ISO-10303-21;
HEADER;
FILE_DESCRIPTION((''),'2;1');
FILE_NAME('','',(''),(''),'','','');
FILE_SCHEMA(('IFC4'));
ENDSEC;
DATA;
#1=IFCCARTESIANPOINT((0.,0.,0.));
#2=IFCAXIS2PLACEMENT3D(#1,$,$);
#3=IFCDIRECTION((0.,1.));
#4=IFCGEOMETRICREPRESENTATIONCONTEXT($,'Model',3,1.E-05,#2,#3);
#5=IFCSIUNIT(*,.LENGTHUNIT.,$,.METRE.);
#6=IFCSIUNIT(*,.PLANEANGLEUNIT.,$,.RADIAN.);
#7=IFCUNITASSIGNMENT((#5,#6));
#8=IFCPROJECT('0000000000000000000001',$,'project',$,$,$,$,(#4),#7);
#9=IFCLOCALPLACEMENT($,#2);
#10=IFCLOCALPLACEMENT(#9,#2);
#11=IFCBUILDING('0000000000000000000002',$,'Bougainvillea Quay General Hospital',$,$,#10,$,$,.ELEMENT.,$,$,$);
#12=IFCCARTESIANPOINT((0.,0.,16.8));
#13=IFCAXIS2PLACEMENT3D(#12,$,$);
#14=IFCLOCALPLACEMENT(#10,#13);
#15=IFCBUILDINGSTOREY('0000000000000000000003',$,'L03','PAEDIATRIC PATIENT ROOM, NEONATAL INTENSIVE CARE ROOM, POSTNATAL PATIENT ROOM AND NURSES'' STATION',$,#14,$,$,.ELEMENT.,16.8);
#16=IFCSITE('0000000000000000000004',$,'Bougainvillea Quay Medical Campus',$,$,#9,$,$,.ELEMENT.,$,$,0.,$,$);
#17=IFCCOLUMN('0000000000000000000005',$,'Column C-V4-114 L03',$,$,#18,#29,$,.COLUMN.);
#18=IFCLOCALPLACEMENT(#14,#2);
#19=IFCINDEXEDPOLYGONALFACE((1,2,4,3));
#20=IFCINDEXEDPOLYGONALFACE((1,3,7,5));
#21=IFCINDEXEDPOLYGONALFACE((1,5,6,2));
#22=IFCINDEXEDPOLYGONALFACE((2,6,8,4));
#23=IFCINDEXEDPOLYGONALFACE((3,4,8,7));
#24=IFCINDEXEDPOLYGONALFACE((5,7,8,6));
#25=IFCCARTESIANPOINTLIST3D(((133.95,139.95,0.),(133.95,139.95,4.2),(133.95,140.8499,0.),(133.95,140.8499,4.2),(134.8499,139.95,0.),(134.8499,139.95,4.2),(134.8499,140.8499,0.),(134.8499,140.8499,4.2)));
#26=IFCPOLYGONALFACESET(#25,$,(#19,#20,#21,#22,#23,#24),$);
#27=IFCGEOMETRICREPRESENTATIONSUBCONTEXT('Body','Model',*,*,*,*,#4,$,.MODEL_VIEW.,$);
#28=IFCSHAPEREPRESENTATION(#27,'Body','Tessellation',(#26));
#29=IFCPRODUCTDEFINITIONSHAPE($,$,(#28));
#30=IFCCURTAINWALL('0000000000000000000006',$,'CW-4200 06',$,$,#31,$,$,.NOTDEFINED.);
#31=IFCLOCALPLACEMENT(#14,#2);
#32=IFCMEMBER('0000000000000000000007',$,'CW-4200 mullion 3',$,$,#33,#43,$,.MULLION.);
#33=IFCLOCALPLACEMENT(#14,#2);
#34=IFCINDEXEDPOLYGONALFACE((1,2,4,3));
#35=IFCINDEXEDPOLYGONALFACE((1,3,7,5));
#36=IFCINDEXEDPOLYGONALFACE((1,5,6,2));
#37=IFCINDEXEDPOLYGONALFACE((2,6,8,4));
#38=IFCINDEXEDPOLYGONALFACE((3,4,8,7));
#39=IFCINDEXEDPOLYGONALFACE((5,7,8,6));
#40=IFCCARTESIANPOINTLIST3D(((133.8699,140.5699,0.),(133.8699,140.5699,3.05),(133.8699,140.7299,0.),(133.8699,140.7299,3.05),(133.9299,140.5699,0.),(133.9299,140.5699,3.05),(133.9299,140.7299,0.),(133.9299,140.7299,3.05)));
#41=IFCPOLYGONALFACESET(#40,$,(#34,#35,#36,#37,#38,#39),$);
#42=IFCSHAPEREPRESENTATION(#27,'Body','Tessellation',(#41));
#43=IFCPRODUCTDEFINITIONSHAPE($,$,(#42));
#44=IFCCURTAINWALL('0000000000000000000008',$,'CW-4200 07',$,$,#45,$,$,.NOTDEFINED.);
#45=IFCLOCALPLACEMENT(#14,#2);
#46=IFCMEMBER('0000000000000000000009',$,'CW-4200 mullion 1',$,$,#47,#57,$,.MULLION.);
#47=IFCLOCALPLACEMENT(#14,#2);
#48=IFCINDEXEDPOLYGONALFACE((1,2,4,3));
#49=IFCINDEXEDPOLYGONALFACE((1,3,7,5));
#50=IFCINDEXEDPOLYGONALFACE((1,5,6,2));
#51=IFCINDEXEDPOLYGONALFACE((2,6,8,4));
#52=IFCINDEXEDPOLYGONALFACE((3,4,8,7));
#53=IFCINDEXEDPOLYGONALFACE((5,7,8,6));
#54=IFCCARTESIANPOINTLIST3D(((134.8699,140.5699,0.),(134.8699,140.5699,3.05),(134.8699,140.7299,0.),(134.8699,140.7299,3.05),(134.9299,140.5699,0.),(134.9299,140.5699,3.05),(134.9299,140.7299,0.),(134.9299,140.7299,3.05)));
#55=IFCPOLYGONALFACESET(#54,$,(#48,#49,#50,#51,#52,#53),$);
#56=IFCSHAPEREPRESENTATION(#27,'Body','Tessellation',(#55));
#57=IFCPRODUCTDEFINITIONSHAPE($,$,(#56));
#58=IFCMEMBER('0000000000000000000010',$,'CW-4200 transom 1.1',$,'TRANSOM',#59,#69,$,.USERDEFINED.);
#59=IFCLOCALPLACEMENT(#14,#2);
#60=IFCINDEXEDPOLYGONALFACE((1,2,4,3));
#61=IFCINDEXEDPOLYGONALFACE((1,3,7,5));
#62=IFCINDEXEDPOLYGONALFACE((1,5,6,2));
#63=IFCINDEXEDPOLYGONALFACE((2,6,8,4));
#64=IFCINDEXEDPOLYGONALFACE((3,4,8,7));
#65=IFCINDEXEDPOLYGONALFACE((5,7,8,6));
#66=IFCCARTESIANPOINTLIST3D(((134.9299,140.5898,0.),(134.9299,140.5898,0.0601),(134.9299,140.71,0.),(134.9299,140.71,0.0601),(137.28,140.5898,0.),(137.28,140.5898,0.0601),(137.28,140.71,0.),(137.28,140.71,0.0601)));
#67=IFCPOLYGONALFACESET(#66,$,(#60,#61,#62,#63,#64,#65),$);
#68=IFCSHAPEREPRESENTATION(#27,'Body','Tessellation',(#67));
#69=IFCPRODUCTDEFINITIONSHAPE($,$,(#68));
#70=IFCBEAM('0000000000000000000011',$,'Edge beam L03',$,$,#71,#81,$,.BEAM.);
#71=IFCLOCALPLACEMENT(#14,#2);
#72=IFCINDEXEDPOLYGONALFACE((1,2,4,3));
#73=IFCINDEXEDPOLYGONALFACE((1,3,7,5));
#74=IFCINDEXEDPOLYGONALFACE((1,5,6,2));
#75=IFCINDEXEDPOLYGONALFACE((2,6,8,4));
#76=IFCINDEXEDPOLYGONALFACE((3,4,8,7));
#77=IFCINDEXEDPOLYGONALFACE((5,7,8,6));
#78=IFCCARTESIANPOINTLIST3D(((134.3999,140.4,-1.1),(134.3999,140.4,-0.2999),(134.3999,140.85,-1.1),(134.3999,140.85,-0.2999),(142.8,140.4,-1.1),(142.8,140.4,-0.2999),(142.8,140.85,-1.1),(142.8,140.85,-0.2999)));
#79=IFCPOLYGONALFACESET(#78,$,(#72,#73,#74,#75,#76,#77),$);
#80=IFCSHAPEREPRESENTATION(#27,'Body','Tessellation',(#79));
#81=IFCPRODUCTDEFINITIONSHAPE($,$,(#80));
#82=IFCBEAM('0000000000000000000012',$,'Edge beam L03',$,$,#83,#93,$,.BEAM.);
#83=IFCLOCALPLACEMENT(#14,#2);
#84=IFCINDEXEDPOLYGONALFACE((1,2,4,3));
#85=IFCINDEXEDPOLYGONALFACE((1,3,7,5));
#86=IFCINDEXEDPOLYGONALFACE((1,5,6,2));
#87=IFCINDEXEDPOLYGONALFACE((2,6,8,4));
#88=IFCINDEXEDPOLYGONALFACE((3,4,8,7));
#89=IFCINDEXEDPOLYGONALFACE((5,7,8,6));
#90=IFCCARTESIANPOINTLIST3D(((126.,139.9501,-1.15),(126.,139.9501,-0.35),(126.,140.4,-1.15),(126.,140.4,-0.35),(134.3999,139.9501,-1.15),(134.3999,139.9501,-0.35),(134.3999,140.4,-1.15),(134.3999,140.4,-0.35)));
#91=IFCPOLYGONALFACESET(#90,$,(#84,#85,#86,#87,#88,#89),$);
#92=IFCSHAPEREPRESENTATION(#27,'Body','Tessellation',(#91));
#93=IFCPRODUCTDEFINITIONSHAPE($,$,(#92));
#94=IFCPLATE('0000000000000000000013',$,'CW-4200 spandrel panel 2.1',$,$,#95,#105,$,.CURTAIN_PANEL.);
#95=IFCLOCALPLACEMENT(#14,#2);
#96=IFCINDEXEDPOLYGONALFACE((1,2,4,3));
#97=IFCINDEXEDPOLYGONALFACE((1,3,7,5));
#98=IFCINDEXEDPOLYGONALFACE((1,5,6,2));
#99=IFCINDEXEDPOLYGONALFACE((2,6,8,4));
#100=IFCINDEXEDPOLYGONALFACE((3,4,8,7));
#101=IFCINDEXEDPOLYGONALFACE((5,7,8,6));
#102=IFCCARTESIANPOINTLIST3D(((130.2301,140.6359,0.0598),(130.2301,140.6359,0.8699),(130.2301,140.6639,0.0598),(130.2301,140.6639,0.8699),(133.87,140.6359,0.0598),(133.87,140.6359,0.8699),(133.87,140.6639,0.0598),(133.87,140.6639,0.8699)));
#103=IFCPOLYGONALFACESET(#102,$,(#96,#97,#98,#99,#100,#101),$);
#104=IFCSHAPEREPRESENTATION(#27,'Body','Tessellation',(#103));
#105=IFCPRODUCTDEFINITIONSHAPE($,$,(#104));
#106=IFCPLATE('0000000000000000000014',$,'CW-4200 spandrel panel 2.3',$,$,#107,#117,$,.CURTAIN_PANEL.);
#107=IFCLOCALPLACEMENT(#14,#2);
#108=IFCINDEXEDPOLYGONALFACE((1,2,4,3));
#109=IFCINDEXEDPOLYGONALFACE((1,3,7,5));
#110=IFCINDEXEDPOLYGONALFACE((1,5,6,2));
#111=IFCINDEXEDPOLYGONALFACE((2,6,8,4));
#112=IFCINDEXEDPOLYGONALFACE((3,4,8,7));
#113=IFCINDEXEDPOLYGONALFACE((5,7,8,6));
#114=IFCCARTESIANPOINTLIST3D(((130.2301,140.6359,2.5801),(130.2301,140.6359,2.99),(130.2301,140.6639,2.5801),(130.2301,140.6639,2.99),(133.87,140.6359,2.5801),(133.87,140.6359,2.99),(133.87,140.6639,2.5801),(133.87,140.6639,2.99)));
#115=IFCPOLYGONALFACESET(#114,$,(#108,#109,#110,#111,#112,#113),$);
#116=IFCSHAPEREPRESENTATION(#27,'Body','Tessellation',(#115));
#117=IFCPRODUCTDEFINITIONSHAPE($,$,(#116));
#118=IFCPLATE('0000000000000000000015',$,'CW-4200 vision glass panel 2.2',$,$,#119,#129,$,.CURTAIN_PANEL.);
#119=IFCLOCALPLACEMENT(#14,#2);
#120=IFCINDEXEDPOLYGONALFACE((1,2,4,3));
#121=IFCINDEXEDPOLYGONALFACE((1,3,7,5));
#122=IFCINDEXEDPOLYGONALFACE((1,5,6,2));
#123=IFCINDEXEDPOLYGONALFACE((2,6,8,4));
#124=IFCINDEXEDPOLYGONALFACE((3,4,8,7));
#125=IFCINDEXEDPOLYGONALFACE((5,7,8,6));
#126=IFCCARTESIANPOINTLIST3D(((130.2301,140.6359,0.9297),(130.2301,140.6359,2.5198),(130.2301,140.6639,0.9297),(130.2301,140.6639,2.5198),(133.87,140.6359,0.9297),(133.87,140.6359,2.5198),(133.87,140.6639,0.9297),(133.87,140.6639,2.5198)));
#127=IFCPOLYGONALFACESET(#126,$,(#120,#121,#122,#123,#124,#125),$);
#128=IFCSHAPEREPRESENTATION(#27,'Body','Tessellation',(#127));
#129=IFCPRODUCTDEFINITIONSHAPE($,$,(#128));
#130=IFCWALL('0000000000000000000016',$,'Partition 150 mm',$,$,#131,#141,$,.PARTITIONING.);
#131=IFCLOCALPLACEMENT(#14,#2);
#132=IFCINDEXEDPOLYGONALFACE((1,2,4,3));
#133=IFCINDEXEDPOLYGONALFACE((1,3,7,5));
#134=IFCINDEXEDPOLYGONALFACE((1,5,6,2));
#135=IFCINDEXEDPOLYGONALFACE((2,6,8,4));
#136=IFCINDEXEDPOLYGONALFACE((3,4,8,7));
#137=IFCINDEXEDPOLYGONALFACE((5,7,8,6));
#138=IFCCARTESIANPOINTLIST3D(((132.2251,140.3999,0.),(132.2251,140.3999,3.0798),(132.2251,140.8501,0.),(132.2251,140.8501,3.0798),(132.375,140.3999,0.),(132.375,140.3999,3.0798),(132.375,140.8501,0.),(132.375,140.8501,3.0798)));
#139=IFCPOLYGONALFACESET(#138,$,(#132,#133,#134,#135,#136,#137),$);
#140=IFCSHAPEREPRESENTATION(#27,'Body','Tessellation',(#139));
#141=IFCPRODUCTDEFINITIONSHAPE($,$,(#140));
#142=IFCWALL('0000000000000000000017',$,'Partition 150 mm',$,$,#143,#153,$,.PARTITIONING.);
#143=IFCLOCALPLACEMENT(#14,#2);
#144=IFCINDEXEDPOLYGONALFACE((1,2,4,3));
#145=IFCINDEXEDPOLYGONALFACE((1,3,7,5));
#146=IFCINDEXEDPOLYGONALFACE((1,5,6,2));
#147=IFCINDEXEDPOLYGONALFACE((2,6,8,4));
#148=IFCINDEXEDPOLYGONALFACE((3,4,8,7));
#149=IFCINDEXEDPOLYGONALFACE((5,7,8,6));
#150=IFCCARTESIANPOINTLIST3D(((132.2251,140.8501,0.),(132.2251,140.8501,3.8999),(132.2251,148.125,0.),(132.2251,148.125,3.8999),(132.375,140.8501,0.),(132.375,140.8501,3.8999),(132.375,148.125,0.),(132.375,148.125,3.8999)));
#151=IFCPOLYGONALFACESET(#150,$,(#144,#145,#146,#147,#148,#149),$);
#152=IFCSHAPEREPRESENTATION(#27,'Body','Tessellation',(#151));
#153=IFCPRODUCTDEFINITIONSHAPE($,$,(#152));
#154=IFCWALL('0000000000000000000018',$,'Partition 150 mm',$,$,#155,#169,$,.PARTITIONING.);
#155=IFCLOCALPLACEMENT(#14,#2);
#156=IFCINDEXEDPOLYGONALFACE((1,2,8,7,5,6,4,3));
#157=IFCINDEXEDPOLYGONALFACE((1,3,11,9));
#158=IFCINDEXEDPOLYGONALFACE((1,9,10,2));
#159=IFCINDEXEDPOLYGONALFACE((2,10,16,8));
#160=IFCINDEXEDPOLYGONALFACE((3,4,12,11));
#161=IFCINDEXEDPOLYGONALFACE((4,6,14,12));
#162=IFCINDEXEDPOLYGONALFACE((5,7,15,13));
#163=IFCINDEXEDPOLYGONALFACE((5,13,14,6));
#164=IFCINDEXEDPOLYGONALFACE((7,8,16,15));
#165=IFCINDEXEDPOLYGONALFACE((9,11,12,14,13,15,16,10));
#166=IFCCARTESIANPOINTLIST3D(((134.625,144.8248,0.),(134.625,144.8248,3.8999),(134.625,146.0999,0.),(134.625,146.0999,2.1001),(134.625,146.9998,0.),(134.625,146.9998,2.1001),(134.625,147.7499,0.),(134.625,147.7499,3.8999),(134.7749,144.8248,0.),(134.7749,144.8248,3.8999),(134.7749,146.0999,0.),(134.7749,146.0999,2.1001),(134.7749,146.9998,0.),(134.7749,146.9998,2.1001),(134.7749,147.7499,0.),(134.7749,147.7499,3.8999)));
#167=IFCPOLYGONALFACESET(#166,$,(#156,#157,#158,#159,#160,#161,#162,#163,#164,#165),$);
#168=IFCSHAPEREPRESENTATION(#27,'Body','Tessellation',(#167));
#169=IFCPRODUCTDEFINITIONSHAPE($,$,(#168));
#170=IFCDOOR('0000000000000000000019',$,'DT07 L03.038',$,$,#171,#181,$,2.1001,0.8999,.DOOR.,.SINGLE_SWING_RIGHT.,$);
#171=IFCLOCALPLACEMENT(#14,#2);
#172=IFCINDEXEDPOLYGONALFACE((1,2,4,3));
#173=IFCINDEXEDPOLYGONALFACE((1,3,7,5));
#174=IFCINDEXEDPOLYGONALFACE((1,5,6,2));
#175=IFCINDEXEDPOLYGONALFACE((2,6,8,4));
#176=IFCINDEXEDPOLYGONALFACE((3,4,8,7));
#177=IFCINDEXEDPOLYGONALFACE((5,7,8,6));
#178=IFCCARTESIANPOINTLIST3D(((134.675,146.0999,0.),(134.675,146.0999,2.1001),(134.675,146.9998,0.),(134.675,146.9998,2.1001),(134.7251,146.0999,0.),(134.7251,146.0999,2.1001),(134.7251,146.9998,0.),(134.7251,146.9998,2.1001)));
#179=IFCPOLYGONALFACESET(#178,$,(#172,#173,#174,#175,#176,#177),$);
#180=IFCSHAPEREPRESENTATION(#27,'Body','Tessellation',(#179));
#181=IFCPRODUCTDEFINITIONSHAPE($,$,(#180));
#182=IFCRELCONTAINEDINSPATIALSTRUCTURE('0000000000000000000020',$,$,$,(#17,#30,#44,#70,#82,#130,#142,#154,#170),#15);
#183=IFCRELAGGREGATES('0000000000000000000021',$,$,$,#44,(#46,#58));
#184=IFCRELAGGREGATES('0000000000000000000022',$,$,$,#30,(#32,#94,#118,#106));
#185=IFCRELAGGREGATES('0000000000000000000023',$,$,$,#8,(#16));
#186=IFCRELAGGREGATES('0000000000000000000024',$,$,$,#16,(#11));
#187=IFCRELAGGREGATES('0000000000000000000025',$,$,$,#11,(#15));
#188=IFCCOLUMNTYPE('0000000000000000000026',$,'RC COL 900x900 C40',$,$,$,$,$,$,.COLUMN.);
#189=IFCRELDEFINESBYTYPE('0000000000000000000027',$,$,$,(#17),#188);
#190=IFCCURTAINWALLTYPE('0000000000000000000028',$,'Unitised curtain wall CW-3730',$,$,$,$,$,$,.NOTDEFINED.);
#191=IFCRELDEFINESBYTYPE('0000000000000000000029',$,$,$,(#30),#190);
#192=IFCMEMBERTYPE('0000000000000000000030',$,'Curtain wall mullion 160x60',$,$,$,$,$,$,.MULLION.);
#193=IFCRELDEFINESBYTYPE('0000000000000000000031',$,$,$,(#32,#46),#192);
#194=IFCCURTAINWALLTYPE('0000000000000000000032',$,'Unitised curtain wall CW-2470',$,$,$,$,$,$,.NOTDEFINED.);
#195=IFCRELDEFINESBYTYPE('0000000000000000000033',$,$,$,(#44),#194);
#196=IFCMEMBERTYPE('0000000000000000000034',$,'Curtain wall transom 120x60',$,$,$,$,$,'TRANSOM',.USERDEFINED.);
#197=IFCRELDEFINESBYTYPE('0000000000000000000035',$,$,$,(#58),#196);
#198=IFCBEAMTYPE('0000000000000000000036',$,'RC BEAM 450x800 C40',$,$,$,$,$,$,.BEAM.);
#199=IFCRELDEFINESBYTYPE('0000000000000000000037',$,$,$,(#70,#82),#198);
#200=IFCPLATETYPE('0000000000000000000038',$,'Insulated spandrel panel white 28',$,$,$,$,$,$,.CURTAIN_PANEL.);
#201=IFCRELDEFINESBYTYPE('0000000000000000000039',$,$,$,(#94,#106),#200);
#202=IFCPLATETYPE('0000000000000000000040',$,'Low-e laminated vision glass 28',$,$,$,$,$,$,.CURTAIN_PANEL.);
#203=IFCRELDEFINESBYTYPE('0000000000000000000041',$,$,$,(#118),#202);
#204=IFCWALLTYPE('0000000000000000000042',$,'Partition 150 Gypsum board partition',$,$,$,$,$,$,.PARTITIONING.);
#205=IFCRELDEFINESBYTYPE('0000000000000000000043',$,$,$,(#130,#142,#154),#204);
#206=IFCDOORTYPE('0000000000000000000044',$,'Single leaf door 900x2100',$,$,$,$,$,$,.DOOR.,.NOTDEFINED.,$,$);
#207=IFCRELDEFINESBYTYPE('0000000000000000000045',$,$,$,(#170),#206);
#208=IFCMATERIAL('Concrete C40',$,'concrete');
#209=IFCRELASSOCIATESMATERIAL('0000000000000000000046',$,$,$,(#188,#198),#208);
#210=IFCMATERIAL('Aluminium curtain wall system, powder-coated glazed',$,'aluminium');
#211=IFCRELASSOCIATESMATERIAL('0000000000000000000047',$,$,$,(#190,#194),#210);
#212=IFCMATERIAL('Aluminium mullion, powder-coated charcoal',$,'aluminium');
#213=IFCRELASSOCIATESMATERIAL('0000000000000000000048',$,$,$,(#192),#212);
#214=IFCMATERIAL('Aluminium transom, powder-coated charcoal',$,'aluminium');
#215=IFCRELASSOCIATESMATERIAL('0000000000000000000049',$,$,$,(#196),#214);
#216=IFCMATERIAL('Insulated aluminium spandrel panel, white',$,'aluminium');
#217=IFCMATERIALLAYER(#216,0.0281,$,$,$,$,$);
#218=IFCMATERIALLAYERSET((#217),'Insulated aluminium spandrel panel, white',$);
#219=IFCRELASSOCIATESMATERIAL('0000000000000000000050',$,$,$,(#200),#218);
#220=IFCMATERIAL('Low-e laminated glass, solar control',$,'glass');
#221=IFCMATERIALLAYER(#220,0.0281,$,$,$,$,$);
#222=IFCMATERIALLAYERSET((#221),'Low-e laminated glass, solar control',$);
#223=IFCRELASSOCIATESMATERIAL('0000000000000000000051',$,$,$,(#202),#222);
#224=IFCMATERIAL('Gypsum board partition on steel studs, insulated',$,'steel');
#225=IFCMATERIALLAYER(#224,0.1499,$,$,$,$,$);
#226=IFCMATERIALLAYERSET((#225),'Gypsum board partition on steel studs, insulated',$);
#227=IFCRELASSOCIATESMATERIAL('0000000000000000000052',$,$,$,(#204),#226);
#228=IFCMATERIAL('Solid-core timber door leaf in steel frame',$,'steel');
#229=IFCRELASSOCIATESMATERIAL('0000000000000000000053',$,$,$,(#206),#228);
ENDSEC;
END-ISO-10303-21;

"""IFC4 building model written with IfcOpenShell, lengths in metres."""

from ifc_helpers import new_model, si_unit, direction, frame, frame_2d, origin, origin_2d, place, context, subcontext, project, spatial, rectangle, extrude, material, layer, layer_set, material_profile, profile_set, type_object, element, fill, aggregate, save


model = new_model("IFC4")

# Units and contexts
model_context = context("Model", 3, precision=1e-05, world=origin(), true_north=direction((0.0, 1.0)))
body_context = subcontext(model_context, "Body", "Model", "MODEL_VIEW")
ifc_project = project(units=[si_unit("LENGTHUNIT", "METRE"), si_unit("PLANEANGLEUNIT", "RADIAN")], contexts=[model_context])

# Site, building, storey
site_placement = place(None, origin())
site = spatial("IfcSite", under=ifc_project, at=site_placement, Name="Bougainvillea Quay Medical Campus", CompositionType="ELEMENT", RefElevation=0.0)
building_placement = place(site_placement, origin())
building = spatial("IfcBuilding", under=site, at=building_placement, Name="Bougainvillea Quay General Hospital", CompositionType="ELEMENT")
storey_placement = place(building_placement, frame((0.0, 0.0, 16.8)))
storey = spatial("IfcBuildingStorey", under=building, at=storey_placement, Name="L03", Description="PAEDIATRIC PATIENT ROOM, NEONATAL INTENSIVE CARE ROOM, POSTNATAL PATIENT ROOM AND NURSES' STATION", CompositionType="ELEMENT", Elevation=16.8)

# Column
ifc_material_1 = material(Name="Concrete C40", Category="concrete")
ifc_material_profile_1 = material_profile(ifc_material_1, rectangle(XDim=0.8999, YDim=0.8999, at=origin_2d()))
ifc_profile_set_1 = profile_set([ifc_material_profile_1], Name="Concrete C40")
column_type = type_object("IfcColumnType", Name="RC COL 900x900 C40", PredefinedType="COLUMN", material=ifc_profile_set_1)
column_placement = place(storey_placement, frame((134.3999, 140.3999, 0.0), z_axis=(0.0, 0.0, 1.0), x_axis=(1.0, 0.0, 0.0)))
element("IfcColumn", 1, at=column_placement, inside=storey, type_object=column_type, Name="Column C-V4-114 L03", PredefinedType="COLUMN", context=body_context, shape_type="SweptSolid", body=[
    extrude(rectangle(XDim=0.8999, YDim=0.8999, at=origin_2d()), origin(), (0.0, 0.0, 1.0), 4.2),
])

# Curtain wall, member
ifc_material_2 = material(Name="Aluminium curtain wall system, powder-coated glazed", Category="aluminium")
curtain_wall_type_1 = type_object("IfcCurtainWallType", Name="Unitised curtain wall CW-3730", PredefinedType="NOTDEFINED", material=ifc_material_2)
curtain_wall_1_placement = place(storey_placement, origin())
curtain_wall_1 = element("IfcCurtainWall", 2, at=curtain_wall_1_placement, inside=storey, type_object=curtain_wall_type_1, Name="CW-4200 06", PredefinedType="NOTDEFINED")
ifc_material_3 = material(Name="Aluminium mullion, powder-coated charcoal", Category="aluminium")
ifc_material_profile_2 = material_profile(ifc_material_3, rectangle(XDim=0.1599, YDim=0.0601, at=origin_2d()))
ifc_profile_set_2 = profile_set([ifc_material_profile_2], Name="Aluminium mullion, powder-coated charcoal")
member_type_1 = type_object("IfcMemberType", Name="Curtain wall mullion 160x60", PredefinedType="MULLION", material=ifc_profile_set_2)
member_1_placement = place(storey_placement, frame((133.8999, 140.6499, 0.0), z_axis=(0.0, 0.0, 1.0), x_axis=(0.0, 1.0, 0.0)))
member_1 = element("IfcMember", 3, at=member_1_placement, type_object=member_type_1, Name="CW-4200 mullion 3", PredefinedType="MULLION", context=body_context, shape_type="SweptSolid", body=[
    extrude(rectangle(XDim=0.1599, YDim=0.0601, at=origin_2d()), origin(), (0.0, 0.0, 1.0), 3.05),
])

# Curtain wall, members
curtain_wall_type_2 = type_object("IfcCurtainWallType", Name="Unitised curtain wall CW-2470", PredefinedType="NOTDEFINED", material=ifc_material_2)
curtain_wall_2_placement = place(storey_placement, origin())
curtain_wall_2 = element("IfcCurtainWall", 4, at=curtain_wall_2_placement, inside=storey, type_object=curtain_wall_type_2, Name="CW-4200 07", PredefinedType="NOTDEFINED")
member_2_placement = place(storey_placement, frame((134.8999, 140.6499, 0.0), z_axis=(0.0, 0.0, 1.0), x_axis=(0.0, 1.0, 0.0)))
member_2 = element("IfcMember", 5, at=member_2_placement, type_object=member_type_1, Name="CW-4200 mullion 1", PredefinedType="MULLION", context=body_context, shape_type="SweptSolid", body=[
    extrude(rectangle(XDim=0.1599, YDim=0.0601, at=origin_2d()), origin(), (0.0, 0.0, 1.0), 3.05),
])
ifc_material_4 = material(Name="Aluminium transom, powder-coated charcoal", Category="aluminium")
ifc_material_profile_3 = material_profile(ifc_material_4, rectangle(XDim=0.1201, YDim=0.0601, at=origin_2d()))
ifc_profile_set_3 = profile_set([ifc_material_profile_3], Name="Aluminium transom, powder-coated charcoal")
member_type_2 = type_object("IfcMemberType", Name="Curtain wall transom 120x60", ElementType="TRANSOM", PredefinedType="USERDEFINED", material=ifc_profile_set_3)
member_3_placement = place(storey_placement, frame((134.9299, 140.6499, 0.03), z_axis=(1.0, 0.0, 0.0), x_axis=(0.0, 1.0, 0.0)))
member_3 = element("IfcMember", 6, at=member_3_placement, type_object=member_type_2, Name="CW-4200 transom 1.1", ObjectType="TRANSOM", PredefinedType="USERDEFINED", context=body_context, shape_type="SweptSolid", body=[
    extrude(rectangle(XDim=0.1201, YDim=0.0601, at=origin_2d()), origin(), (0.0, 0.0, 1.0), 2.3501),
])
aggregate(curtain_wall_2, [member_2, member_3])

# Beams
ifc_material_profile_4 = material_profile(ifc_material_1, rectangle(XDim=0.45, YDim=0.8, at=origin_2d()))
ifc_profile_set_4 = profile_set([ifc_material_profile_4], Name="Concrete C40")
beam_type = type_object("IfcBeamType", Name="RC BEAM 450x800 C40", PredefinedType="BEAM", material=ifc_profile_set_4)
beam_1_placement = place(storey_placement, frame((134.3999, 140.625, -0.7), z_axis=(1.0, 0.0, 0.0), x_axis=(0.0, 1.0, 0.0)))
element("IfcBeam", 7, at=beam_1_placement, inside=storey, type_object=beam_type, Name="Edge beam L03", PredefinedType="BEAM", context=body_context, shape_type="SweptSolid", body=[
    extrude(rectangle(XDim=0.45, YDim=0.8, at=origin_2d()), origin(), (0.0, 0.0, 1.0), 8.4001),
])
beam_2_placement = place(storey_placement, frame((134.3999, 140.175, -0.75), z_axis=(-1.0, 0.0, 0.0), x_axis=(0.0, -1.0, 0.0)))
element("IfcBeam", 8, at=beam_2_placement, inside=storey, type_object=beam_type, Name="Edge beam L03", PredefinedType="BEAM", context=body_context, shape_type="SweptSolid", body=[
    extrude(rectangle(XDim=0.45, YDim=0.8, at=origin_2d()), origin(), (0.0, 0.0, 1.0), 8.3999),
])

# Plates
ifc_material_5 = material(Name="Insulated aluminium spandrel panel, white", Category="aluminium")
ifc_layer_1 = layer(ifc_material_5, 0.0281)
ifc_layer_set_1 = layer_set([ifc_layer_1], Name="Insulated aluminium spandrel panel, white")
plate_type_1 = type_object("IfcPlateType", Name="Insulated spandrel panel white 28", PredefinedType="CURTAIN_PANEL", material=ifc_layer_set_1)
plate_1_placement = place(storey_placement, frame((132.05, 140.6499, 0.0598), z_axis=(0.0, 0.0, 1.0), x_axis=(1.0, 0.0, 0.0)))
plate_1 = element("IfcPlate", 9, at=plate_1_placement, type_object=plate_type_1, Name="CW-4200 spandrel panel 2.1", PredefinedType="CURTAIN_PANEL", context=body_context, shape_type="SweptSolid", body=[
    extrude(rectangle(XDim=3.6399, YDim=0.0281, at=origin_2d()), origin(), (0.0, 0.0, 1.0), 0.8101),
])
plate_2_placement = place(storey_placement, frame((132.05, 140.6499, 2.5801), z_axis=(0.0, 0.0, 1.0), x_axis=(1.0, 0.0, 0.0)))
plate_2 = element("IfcPlate", 10, at=plate_2_placement, type_object=plate_type_1, Name="CW-4200 spandrel panel 2.3", PredefinedType="CURTAIN_PANEL", context=body_context, shape_type="SweptSolid", body=[
    extrude(rectangle(XDim=3.6399, YDim=0.0281, at=origin_2d()), origin(), (0.0, 0.0, 1.0), 0.4099),
])
ifc_material_6 = material(Name="Low-e laminated glass, solar control", Category="glass")
ifc_layer_2 = layer(ifc_material_6, 0.0281)
ifc_layer_set_2 = layer_set([ifc_layer_2], Name="Low-e laminated glass, solar control")
plate_type_2 = type_object("IfcPlateType", Name="Low-e laminated vision glass 28", PredefinedType="CURTAIN_PANEL", material=ifc_layer_set_2)
plate_3_placement = place(storey_placement, frame((132.05, 140.6499, 0.9297), z_axis=(0.0, 0.0, 1.0), x_axis=(1.0, 0.0, 0.0)))
plate_3 = element("IfcPlate", 11, at=plate_3_placement, type_object=plate_type_2, Name="CW-4200 vision glass panel 2.2", PredefinedType="CURTAIN_PANEL", context=body_context, shape_type="SweptSolid", body=[
    extrude(rectangle(XDim=3.6399, YDim=0.0281, at=origin_2d()), origin(), (0.0, 0.0, 1.0), 1.5901),
])
aggregate(curtain_wall_1, [member_1, plate_1, plate_3, plate_2])

# Walls
ifc_material_7 = material(Name="Gypsum board partition on steel studs, insulated", Category="steel")
ifc_layer_3 = layer(ifc_material_7, 0.1499)
ifc_layer_set_3 = layer_set([ifc_layer_3], Name="Gypsum board partition on steel studs, insulated")
wall_type = type_object("IfcWallType", Name="Partition 150 Gypsum board partition", PredefinedType="PARTITIONING", material=ifc_layer_set_3)
wall_1_placement = place(storey_placement, frame((132.3, 140.3999, 0.0), z_axis=(0.0, 0.0, 1.0), x_axis=(0.0, 1.0, 0.0)))
element("IfcWall", 12, at=wall_1_placement, inside=storey, type_object=wall_type, Name="Partition 150 mm", PredefinedType="PARTITIONING", context=body_context, shape_type="SweptSolid", body=[
    extrude(rectangle(XDim=0.4502, YDim=0.1499, at=frame_2d((0.2251, 0.0))), origin(), (0.0, 0.0, 1.0), 3.0798),
])
wall_2_placement = place(storey_placement, frame((132.3, 140.8501, 0.0), z_axis=(0.0, 0.0, 1.0), x_axis=(0.0, 1.0, 0.0)))
element("IfcWall", 13, at=wall_2_placement, inside=storey, type_object=wall_type, Name="Partition 150 mm", PredefinedType="PARTITIONING", context=body_context, shape_type="SweptSolid", body=[
    extrude(rectangle(XDim=7.2749, YDim=0.1499, at=frame_2d((3.6375, 0.0))), origin(), (0.0, 0.0, 1.0), 3.8999),
])

# Wall, opening, door
wall_3_placement = place(storey_placement, frame((134.7, 144.825, 0.0), z_axis=(0.0, 0.0, 1.0), x_axis=(0.0, 1.0, 0.0)))
wall_3 = element("IfcWall", 14, at=wall_3_placement, inside=storey, type_object=wall_type, Name="Partition 150 mm", PredefinedType="PARTITIONING", context=body_context, shape_type="SweptSolid", body=[
    extrude(rectangle(XDim=2.925, YDim=0.1499, at=frame_2d((1.4624, 0.0))), origin(), (0.0, 0.0, 1.0), 3.8999),
])
opening_placement = place(wall_3_placement, frame((1.2749, 0.0, 0.0)))
opening = element("IfcOpeningElement", 15, at=opening_placement, cuts=wall_3, PredefinedType="OPENING", context=body_context, shape_type="SweptSolid", body=[
    extrude(rectangle(XDim=0.8999, YDim=2.1001, at=frame_2d((0.45, 1.05))), frame((0.0, 0.085, 0.0), z_axis=(0.0, -1.0, 0.0), x_axis=(1.0, 0.0, 0.0)), (0.0, 0.0, 1.0), 0.1699),
])
ifc_material_8 = material(Name="Solid-core timber door leaf in steel frame", Category="steel")
door_type = type_object("IfcDoorType", Name="Single leaf door 900x2100", OperationType="NOTDEFINED", PredefinedType="DOOR", material=ifc_material_8)
door_placement = place(opening_placement, origin())
door = element("IfcDoor", 16, at=door_placement, inside=storey, type_object=door_type, Name="DT07 L03.038", OperationType="SINGLE_SWING_RIGHT", OverallHeight=2.1001, OverallWidth=0.8999, PredefinedType="DOOR", context=body_context, shape_type="SweptSolid", body=[
    extrude(rectangle(XDim=0.8999, YDim=2.1001, at=frame_2d((0.45, 1.05))), frame((0.0, 0.0249, 0.0), z_axis=(0.0, -1.0, 0.0), x_axis=(1.0, 0.0, 0.0)), (0.0, 0.0, 1.0), 0.05),
])
fill(opening, door)

save(model, "model.ifc")
